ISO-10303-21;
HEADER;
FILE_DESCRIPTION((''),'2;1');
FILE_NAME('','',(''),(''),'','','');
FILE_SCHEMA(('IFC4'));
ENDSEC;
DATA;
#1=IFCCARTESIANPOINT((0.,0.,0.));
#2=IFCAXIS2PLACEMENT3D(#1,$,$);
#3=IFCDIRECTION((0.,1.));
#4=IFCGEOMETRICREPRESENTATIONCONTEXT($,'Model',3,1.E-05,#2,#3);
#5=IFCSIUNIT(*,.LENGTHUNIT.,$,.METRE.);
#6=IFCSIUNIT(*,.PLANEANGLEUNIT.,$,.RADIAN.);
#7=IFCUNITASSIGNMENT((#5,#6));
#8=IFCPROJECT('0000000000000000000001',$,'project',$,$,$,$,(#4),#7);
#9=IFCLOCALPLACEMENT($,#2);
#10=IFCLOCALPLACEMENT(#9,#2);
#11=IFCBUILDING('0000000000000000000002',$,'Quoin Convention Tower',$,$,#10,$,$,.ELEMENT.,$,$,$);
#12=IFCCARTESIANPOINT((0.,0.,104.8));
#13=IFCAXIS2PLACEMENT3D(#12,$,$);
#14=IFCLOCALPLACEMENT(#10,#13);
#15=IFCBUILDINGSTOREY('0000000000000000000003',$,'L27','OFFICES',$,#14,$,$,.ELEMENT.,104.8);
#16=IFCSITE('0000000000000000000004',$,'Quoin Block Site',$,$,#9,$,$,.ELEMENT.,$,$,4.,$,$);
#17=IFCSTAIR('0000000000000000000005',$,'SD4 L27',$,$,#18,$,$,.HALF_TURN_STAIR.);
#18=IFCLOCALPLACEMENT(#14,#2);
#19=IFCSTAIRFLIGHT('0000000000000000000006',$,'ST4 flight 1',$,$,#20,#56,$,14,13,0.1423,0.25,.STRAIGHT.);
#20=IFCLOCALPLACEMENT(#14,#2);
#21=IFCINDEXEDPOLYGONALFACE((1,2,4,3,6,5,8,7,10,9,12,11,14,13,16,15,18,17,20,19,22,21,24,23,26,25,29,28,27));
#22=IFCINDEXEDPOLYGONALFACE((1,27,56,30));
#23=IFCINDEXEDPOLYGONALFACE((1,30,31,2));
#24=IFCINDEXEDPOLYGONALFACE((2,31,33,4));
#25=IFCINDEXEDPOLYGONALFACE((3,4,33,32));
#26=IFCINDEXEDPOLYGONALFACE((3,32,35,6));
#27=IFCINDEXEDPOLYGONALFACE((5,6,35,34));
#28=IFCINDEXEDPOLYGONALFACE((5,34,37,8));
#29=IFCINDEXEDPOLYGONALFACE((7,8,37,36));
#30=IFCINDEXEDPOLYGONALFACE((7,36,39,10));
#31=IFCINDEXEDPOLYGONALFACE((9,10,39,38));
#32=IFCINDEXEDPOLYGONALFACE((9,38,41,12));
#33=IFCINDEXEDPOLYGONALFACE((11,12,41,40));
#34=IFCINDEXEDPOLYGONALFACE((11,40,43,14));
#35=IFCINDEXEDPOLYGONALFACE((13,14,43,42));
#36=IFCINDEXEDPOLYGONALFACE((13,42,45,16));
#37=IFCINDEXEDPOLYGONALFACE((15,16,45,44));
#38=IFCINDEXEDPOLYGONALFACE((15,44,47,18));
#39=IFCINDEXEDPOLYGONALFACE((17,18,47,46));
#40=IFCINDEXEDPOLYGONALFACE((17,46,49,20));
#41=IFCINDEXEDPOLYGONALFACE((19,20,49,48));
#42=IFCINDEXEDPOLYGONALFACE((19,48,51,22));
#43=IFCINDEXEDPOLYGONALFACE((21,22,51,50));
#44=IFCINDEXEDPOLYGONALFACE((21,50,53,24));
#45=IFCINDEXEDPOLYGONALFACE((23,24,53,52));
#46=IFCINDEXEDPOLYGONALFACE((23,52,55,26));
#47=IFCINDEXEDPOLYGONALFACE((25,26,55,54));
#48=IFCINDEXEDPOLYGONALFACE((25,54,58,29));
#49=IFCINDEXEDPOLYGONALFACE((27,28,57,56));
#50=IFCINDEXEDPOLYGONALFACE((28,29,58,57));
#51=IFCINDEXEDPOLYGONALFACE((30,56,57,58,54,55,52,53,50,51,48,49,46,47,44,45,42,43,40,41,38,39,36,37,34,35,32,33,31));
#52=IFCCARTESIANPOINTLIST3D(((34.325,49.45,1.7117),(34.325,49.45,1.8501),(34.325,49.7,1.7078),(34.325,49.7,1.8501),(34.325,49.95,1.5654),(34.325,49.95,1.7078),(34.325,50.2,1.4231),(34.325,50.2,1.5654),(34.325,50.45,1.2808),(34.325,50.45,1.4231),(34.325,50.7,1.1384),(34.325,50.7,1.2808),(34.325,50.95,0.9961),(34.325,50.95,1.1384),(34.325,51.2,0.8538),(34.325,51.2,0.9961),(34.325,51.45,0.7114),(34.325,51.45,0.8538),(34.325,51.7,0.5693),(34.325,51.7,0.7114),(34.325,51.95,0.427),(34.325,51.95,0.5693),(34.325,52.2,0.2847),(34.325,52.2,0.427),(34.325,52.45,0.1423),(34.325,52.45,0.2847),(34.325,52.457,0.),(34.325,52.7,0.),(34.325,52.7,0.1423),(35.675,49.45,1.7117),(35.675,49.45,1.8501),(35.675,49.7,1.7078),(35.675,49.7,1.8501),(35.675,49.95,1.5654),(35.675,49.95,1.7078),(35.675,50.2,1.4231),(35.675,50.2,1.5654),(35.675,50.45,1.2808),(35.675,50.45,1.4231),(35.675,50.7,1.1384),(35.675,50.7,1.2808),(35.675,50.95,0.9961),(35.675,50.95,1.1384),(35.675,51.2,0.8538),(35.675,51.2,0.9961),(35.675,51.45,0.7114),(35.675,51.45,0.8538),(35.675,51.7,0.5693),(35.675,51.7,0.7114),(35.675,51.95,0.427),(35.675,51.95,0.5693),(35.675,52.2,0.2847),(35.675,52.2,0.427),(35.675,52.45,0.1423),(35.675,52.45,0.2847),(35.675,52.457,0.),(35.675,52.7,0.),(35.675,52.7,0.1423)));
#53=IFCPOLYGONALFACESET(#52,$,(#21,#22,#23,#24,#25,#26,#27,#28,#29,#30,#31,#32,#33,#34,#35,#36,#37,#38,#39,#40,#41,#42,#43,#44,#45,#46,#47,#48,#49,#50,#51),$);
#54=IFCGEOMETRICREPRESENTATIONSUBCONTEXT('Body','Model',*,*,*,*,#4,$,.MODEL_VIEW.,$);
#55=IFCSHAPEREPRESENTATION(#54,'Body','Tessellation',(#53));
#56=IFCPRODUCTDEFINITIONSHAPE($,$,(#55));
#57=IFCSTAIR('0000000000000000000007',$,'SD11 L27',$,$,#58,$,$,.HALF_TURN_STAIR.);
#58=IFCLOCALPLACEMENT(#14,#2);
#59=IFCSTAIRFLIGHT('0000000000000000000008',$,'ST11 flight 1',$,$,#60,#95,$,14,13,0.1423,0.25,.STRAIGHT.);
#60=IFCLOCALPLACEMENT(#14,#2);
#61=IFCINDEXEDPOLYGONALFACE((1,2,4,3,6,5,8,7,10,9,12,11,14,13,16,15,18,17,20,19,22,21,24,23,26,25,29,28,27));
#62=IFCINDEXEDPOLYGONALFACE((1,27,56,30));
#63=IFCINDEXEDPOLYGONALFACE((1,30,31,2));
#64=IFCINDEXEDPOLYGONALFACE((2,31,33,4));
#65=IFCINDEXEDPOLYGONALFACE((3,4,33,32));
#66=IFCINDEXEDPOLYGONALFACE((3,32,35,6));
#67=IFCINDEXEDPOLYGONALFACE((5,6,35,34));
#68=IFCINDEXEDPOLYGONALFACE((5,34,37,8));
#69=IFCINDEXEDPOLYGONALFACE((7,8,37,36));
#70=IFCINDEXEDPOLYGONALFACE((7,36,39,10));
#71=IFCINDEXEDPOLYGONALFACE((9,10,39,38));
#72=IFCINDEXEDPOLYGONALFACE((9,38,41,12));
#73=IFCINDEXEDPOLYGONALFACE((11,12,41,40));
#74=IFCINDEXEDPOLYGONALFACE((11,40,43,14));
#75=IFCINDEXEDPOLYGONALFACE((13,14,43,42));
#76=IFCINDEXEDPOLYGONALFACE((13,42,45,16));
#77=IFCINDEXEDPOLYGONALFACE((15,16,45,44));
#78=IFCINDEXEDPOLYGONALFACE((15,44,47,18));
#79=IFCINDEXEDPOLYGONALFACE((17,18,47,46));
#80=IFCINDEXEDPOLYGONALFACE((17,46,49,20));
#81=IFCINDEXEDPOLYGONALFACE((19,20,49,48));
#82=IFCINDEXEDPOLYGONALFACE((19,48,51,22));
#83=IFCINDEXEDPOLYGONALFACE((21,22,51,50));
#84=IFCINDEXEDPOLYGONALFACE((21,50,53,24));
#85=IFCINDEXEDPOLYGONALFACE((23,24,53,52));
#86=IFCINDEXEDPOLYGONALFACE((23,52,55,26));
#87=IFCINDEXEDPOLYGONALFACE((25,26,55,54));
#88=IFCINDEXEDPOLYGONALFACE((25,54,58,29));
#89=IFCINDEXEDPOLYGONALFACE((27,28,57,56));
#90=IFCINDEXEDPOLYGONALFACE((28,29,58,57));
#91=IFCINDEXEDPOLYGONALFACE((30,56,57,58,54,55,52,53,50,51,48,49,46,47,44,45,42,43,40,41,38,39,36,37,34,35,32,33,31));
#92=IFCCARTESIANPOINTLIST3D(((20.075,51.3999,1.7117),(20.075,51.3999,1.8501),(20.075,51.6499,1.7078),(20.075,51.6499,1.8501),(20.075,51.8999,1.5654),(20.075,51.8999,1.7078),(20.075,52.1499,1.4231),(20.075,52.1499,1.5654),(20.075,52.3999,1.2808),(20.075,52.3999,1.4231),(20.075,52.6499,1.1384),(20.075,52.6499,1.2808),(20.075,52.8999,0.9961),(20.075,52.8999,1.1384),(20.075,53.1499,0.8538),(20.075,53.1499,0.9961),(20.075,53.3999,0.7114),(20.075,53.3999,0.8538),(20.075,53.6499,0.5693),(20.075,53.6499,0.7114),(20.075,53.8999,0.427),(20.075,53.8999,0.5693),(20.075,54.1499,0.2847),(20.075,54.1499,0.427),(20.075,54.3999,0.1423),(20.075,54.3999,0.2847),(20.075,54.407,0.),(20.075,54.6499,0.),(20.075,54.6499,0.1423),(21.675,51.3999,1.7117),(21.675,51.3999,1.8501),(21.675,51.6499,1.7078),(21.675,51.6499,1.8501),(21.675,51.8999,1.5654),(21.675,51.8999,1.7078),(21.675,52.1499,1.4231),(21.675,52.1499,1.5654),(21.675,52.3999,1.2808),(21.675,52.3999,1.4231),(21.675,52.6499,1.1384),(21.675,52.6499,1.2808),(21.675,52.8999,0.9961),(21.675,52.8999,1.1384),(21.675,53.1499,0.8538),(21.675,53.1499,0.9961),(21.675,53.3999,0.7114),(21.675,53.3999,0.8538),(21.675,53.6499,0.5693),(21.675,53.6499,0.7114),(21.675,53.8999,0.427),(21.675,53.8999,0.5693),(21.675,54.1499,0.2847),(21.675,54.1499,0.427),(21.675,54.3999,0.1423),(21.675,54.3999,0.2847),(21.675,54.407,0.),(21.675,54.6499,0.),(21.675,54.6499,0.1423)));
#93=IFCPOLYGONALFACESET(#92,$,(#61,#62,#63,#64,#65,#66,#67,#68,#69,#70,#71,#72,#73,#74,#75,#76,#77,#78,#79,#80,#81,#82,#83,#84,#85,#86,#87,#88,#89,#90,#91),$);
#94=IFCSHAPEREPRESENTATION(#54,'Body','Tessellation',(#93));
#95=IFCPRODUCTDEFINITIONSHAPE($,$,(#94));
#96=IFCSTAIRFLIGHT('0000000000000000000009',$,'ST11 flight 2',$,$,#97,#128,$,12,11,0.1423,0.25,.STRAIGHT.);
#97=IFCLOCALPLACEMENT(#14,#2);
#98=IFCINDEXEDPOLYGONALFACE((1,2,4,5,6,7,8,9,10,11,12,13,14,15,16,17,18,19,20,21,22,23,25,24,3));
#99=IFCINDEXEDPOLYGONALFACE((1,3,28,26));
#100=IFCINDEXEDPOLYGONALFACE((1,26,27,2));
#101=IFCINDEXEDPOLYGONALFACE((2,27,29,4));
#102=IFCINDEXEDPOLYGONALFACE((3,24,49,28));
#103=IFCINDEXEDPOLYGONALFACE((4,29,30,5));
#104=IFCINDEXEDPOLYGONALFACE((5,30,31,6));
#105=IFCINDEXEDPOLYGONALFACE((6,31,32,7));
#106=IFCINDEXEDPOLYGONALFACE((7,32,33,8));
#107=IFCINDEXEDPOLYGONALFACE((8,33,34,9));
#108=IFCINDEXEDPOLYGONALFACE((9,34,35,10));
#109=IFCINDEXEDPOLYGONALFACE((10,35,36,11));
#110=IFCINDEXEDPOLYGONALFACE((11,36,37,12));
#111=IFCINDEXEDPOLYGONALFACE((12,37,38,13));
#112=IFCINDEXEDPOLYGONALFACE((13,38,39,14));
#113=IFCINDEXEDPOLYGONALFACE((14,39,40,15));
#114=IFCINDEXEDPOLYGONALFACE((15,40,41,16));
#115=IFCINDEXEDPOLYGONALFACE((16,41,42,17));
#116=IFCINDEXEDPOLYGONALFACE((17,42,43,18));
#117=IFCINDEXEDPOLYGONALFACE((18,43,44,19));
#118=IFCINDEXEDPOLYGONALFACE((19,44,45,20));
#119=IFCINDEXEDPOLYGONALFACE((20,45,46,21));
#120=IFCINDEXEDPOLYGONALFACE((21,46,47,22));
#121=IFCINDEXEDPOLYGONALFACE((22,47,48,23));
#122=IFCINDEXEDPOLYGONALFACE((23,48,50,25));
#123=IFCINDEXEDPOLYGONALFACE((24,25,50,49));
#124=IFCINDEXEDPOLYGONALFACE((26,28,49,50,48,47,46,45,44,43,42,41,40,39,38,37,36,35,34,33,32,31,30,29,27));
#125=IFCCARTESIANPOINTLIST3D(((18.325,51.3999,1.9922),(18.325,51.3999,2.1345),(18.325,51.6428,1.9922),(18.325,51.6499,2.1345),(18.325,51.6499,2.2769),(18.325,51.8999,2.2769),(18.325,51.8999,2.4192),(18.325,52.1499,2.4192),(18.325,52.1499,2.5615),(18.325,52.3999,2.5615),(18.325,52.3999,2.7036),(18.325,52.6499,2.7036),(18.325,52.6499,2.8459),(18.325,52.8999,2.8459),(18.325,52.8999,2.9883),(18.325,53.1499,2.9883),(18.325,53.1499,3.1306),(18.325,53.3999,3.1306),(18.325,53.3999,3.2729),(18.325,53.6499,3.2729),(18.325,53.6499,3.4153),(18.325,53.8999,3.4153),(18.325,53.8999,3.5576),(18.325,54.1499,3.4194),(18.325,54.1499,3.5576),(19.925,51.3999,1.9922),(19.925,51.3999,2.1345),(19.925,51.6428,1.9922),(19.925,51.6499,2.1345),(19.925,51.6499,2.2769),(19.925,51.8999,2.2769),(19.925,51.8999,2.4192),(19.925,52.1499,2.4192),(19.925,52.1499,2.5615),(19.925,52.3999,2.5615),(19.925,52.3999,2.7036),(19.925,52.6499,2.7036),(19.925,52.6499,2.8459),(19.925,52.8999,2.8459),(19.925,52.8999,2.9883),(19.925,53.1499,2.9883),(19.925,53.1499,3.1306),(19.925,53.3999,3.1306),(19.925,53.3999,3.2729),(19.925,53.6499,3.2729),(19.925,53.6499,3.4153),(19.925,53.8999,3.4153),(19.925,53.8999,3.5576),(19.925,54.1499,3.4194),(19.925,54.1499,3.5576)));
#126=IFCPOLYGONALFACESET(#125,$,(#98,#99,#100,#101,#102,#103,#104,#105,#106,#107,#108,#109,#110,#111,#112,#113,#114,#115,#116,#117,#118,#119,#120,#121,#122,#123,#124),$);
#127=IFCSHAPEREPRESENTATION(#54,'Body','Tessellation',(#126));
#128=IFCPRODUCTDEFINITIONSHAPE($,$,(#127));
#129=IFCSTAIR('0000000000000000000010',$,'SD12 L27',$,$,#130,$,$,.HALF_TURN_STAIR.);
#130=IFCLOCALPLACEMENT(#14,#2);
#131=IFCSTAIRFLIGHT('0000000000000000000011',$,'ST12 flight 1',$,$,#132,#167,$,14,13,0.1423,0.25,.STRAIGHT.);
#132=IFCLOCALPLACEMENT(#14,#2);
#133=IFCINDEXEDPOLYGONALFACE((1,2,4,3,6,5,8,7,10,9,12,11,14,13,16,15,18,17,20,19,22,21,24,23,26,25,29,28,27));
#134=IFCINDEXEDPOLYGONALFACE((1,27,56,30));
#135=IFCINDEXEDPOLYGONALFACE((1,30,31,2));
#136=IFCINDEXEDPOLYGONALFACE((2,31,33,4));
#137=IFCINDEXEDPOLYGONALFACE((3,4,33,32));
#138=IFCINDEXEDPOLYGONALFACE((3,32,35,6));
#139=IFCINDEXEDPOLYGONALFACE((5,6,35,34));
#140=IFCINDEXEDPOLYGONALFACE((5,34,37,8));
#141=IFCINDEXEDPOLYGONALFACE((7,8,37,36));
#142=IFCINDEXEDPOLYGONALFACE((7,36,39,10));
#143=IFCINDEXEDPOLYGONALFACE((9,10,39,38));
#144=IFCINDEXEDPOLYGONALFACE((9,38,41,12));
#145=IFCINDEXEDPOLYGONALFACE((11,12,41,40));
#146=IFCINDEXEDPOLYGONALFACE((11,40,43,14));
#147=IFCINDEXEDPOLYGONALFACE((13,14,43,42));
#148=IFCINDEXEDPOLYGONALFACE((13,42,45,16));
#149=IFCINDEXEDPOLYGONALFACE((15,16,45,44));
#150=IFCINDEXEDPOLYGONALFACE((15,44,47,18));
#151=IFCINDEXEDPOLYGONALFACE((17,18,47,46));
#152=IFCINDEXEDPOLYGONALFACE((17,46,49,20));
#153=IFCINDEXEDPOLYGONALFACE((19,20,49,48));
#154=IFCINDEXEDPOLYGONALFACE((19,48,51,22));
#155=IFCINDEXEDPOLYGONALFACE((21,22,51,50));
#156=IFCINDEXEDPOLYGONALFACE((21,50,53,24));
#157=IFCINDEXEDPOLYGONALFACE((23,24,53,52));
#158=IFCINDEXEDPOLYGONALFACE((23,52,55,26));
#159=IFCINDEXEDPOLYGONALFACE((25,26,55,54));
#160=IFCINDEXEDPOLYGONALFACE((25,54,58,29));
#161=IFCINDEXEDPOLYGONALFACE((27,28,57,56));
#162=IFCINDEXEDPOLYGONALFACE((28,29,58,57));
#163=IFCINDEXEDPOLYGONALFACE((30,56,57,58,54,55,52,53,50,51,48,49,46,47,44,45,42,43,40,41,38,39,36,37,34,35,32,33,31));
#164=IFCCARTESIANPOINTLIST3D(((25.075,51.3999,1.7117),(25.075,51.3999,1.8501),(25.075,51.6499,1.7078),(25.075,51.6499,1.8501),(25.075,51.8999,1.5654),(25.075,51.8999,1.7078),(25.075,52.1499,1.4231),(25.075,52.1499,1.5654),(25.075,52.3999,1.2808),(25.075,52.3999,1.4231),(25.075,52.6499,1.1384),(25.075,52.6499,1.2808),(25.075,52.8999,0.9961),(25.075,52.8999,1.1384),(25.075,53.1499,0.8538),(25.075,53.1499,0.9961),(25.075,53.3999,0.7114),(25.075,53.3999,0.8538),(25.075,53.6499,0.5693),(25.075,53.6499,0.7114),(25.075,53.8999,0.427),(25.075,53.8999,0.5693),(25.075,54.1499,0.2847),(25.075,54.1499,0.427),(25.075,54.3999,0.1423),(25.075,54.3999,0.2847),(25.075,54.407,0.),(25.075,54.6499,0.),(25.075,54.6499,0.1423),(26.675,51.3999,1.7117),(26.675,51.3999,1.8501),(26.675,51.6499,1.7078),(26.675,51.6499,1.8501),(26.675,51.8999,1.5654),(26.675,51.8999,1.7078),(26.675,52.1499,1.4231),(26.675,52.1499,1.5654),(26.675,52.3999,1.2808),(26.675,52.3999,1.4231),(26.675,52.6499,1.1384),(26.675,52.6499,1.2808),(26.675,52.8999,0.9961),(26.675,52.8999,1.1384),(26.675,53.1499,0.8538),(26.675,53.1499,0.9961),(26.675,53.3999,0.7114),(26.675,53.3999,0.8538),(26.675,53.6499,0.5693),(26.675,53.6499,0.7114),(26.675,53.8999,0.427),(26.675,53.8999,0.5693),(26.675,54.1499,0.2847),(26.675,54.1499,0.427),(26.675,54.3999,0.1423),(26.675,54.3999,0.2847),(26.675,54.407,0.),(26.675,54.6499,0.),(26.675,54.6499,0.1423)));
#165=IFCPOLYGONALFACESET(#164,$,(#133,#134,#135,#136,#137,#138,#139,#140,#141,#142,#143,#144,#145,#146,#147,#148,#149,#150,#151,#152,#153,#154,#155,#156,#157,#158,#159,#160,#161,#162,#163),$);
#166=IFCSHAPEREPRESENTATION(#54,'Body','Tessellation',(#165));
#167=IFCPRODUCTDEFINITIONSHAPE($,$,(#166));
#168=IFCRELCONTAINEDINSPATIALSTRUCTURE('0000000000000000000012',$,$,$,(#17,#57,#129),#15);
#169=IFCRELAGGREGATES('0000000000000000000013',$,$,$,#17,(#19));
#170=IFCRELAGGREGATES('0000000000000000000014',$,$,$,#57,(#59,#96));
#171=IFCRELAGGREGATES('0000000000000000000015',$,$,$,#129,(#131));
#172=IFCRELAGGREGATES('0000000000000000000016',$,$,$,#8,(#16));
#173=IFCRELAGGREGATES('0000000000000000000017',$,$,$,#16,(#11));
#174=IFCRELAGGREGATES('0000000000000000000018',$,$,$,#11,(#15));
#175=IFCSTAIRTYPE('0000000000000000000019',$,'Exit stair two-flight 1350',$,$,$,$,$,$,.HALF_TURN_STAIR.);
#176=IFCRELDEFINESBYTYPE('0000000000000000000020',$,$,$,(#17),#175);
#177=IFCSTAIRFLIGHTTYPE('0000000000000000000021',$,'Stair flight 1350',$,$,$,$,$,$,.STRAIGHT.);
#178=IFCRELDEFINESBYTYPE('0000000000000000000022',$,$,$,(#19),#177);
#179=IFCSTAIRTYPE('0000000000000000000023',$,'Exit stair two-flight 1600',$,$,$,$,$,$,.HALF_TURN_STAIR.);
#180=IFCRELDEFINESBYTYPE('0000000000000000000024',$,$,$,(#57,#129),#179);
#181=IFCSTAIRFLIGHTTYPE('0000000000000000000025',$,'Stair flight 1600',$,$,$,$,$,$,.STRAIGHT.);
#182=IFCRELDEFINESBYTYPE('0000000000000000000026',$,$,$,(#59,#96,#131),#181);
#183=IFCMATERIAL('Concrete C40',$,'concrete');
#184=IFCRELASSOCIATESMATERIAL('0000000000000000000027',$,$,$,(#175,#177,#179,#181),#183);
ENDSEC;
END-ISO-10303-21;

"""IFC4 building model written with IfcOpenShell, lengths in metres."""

from ifc_helpers import new_model, si_unit, direction, frame, origin, place, context, subcontext, project, spatial, polyline, outline, extrude, material, type_object, element, aggregate, save


model = new_model("IFC4")

# Units and contexts
model_context = context("Model", 3, precision=1e-05, world=origin(), true_north=direction((0.0, 1.0)))
body_context = subcontext(model_context, "Body", "Model", "MODEL_VIEW")
ifc_project = project(units=[si_unit("LENGTHUNIT", "METRE"), si_unit("PLANEANGLEUNIT", "RADIAN")], contexts=[model_context])

# Site, building, storey
site_placement = place(None, origin())
site = spatial("IfcSite", under=ifc_project, at=site_placement, Name="Quoin Block Site", CompositionType="ELEMENT", RefElevation=4.0)
building_placement = place(site_placement, origin())
building = spatial("IfcBuilding", under=site, at=building_placement, Name="Quoin Convention Tower", CompositionType="ELEMENT")
storey_placement = place(building_placement, frame((0.0, 0.0, 104.8)))
storey = spatial("IfcBuildingStorey", under=building, at=storey_placement, Name="L27", Description="OFFICES", CompositionType="ELEMENT", Elevation=104.8)

# Stair, stair flight
ifc_material_1 = material(Name="Concrete C40", Category="concrete")
stair_type_1 = type_object("IfcStairType", Name="Exit stair two-flight 1350", PredefinedType="HALF_TURN_STAIR", material=ifc_material_1)
stair_1_placement = place(storey_placement, origin())
stair_1 = element("IfcStair", 1, at=stair_1_placement, inside=storey, type_object=stair_type_1, Name="SD4 L27", PredefinedType="HALF_TURN_STAIR")
stair_flight_type_1 = type_object("IfcStairFlightType", Name="Stair flight 1350", PredefinedType="STRAIGHT", material=ifc_material_1)
stair_flight_1_placement = place(storey_placement, frame((35.0, 52.7, 0.0), z_axis=(0.0, 0.0, 1.0), x_axis=(0.0, -1.0, 0.0)))
stair_flight_1 = element("IfcStairFlight", 2, at=stair_flight_1_placement, type_object=stair_flight_type_1, Name="ST4 flight 1", NumberOfRisers=14, NumberOfTreads=13, PredefinedType="STRAIGHT", RiserHeight=0.1423, TreadLength=0.25, context=body_context, shape_type="SweptSolid", body=[
    extrude(outline(polyline([(0.0, 0.0), (0.0, 0.1423), (0.25, 0.1423), (0.25, 0.2847), (0.5, 0.2847), (0.5, 0.427), (0.75, 0.427), (0.75, 0.5693), (1.0, 0.5693), (1.0, 0.7114), (1.25, 0.7114), (1.25, 0.8538), (1.5, 0.8538), (1.5, 0.9961), (1.75, 0.9961), (1.75, 1.1384), (2.0, 1.1384), (2.0, 1.2808), (2.25, 1.2808), (2.25, 1.4231), (2.5, 1.4231), (2.5, 1.5654), (2.75, 1.5654), (2.75, 1.7078), (3.0, 1.7078), (3.0, 1.8501), (3.25, 1.8501), (3.25, 1.9922), (3.25, 1.7117), (0.2429, 0.0), (0.0, 0.0)])), frame((0.0, 0.675, 0.0), z_axis=(0.0, -1.0, 0.0), x_axis=(1.0, 0.0, 0.0)), (0.0, 0.0, 1.0), 1.3501),
])
aggregate(stair_1, [stair_flight_1])

# Stairs, stair flights
stair_type_2 = type_object("IfcStairType", Name="Exit stair two-flight 1600", PredefinedType="HALF_TURN_STAIR", material=ifc_material_1)
stair_2_placement = place(storey_placement, origin())
stair_2 = element("IfcStair", 3, at=stair_2_placement, inside=storey, type_object=stair_type_2, Name="SD11 L27", PredefinedType="HALF_TURN_STAIR")
stair_flight_type_2 = type_object("IfcStairFlightType", Name="Stair flight 1600", PredefinedType="STRAIGHT", material=ifc_material_1)
stair_flight_2_placement = place(storey_placement, frame((20.875, 54.6499, 0.0), z_axis=(0.0, 0.0, 1.0), x_axis=(0.0, -1.0, 0.0)))
stair_flight_2 = element("IfcStairFlight", 4, at=stair_flight_2_placement, type_object=stair_flight_type_2, Name="ST11 flight 1", NumberOfRisers=14, NumberOfTreads=13, PredefinedType="STRAIGHT", RiserHeight=0.1423, TreadLength=0.25, context=body_context, shape_type="SweptSolid", body=[
    extrude(outline(polyline([(0.0, 0.0), (0.0, 0.1423), (0.25, 0.1423), (0.25, 0.2847), (0.5, 0.2847), (0.5, 0.427), (0.75, 0.427), (0.75, 0.5693), (1.0, 0.5693), (1.0, 0.7114), (1.25, 0.7114), (1.25, 0.8538), (1.5, 0.8538), (1.5, 0.9961), (1.75, 0.9961), (1.75, 1.1384), (2.0, 1.1384), (2.0, 1.2808), (2.25, 1.2808), (2.25, 1.4231), (2.5, 1.4231), (2.5, 1.5654), (2.75, 1.5654), (2.75, 1.7078), (3.0, 1.7078), (3.0, 1.8501), (3.25, 1.8501), (3.25, 1.9922), (3.25, 1.7117), (0.2429, 0.0), (0.0, 0.0)])), frame((0.0, 0.8, 0.0), z_axis=(0.0, -1.0, 0.0), x_axis=(1.0, 0.0, 0.0)), (0.0, 0.0, 1.0), 1.6001),
])
stair_flight_3_placement = place(storey_placement, frame((19.125, 51.3999, 1.9922), z_axis=(0.0, 0.0, 1.0), x_axis=(0.0, 1.0, 0.0)))
stair_flight_3 = element("IfcStairFlight", 5, at=stair_flight_3_placement, type_object=stair_flight_type_2, Name="ST11 flight 2", NumberOfRisers=12, NumberOfTreads=11, PredefinedType="STRAIGHT", RiserHeight=0.1423, TreadLength=0.25, context=body_context, shape_type="SweptSolid", body=[
    extrude(outline(polyline([(0.0, 0.0), (0.0, 0.1423), (0.25, 0.1423), (0.25, 0.2847), (0.5, 0.2847), (0.5, 0.427), (0.75, 0.427), (0.75, 0.5693), (1.0, 0.5693), (1.0, 0.7114), (1.25, 0.7114), (1.25, 0.8538), (1.5, 0.8538), (1.5, 0.9961), (1.75, 0.9961), (1.75, 1.1384), (2.0, 1.1384), (2.0, 1.2808), (2.25, 1.2808), (2.25, 1.4231), (2.5, 1.4231), (2.5, 1.5654), (2.75, 1.5654), (2.75, 1.7078), (2.75, 1.4272), (0.2429, 0.0), (0.0, 0.0)])), frame((0.0, 0.8, 0.0), z_axis=(0.0, -1.0, 0.0), x_axis=(1.0, 0.0, 0.0)), (0.0, 0.0, 1.0), 1.6001),
])
aggregate(stair_2, [stair_flight_2, stair_flight_3])
stair_3_placement = place(storey_placement, origin())
stair_3 = element("IfcStair", 6, at=stair_3_placement, inside=storey, type_object=stair_type_2, Name="SD12 L27", PredefinedType="HALF_TURN_STAIR")
stair_flight_4_placement = place(storey_placement, frame((25.875, 54.6499, 0.0), z_axis=(0.0, 0.0, 1.0), x_axis=(0.0, -1.0, 0.0)))
stair_flight_4 = element("IfcStairFlight", 7, at=stair_flight_4_placement, type_object=stair_flight_type_2, Name="ST12 flight 1", NumberOfRisers=14, NumberOfTreads=13, PredefinedType="STRAIGHT", RiserHeight=0.1423, TreadLength=0.25, context=body_context, shape_type="SweptSolid", body=[
    extrude(outline(polyline([(0.0, 0.0), (0.0, 0.1423), (0.25, 0.1423), (0.25, 0.2847), (0.5, 0.2847), (0.5, 0.427), (0.75, 0.427), (0.75, 0.5693), (1.0, 0.5693), (1.0, 0.7114), (1.25, 0.7114), (1.25, 0.8538), (1.5, 0.8538), (1.5, 0.9961), (1.75, 0.9961), (1.75, 1.1384), (2.0, 1.1384), (2.0, 1.2808), (2.25, 1.2808), (2.25, 1.4231), (2.5, 1.4231), (2.5, 1.5654), (2.75, 1.5654), (2.75, 1.7078), (3.0, 1.7078), (3.0, 1.8501), (3.25, 1.8501), (3.25, 1.9922), (3.25, 1.7117), (0.2429, 0.0), (0.0, 0.0)])), frame((0.0, 0.8, 0.0), z_axis=(0.0, -1.0, 0.0), x_axis=(1.0, 0.0, 0.0)), (0.0, 0.0, 1.0), 1.6001),
])
aggregate(stair_3, [stair_flight_4])

save(model, "model.ifc")
